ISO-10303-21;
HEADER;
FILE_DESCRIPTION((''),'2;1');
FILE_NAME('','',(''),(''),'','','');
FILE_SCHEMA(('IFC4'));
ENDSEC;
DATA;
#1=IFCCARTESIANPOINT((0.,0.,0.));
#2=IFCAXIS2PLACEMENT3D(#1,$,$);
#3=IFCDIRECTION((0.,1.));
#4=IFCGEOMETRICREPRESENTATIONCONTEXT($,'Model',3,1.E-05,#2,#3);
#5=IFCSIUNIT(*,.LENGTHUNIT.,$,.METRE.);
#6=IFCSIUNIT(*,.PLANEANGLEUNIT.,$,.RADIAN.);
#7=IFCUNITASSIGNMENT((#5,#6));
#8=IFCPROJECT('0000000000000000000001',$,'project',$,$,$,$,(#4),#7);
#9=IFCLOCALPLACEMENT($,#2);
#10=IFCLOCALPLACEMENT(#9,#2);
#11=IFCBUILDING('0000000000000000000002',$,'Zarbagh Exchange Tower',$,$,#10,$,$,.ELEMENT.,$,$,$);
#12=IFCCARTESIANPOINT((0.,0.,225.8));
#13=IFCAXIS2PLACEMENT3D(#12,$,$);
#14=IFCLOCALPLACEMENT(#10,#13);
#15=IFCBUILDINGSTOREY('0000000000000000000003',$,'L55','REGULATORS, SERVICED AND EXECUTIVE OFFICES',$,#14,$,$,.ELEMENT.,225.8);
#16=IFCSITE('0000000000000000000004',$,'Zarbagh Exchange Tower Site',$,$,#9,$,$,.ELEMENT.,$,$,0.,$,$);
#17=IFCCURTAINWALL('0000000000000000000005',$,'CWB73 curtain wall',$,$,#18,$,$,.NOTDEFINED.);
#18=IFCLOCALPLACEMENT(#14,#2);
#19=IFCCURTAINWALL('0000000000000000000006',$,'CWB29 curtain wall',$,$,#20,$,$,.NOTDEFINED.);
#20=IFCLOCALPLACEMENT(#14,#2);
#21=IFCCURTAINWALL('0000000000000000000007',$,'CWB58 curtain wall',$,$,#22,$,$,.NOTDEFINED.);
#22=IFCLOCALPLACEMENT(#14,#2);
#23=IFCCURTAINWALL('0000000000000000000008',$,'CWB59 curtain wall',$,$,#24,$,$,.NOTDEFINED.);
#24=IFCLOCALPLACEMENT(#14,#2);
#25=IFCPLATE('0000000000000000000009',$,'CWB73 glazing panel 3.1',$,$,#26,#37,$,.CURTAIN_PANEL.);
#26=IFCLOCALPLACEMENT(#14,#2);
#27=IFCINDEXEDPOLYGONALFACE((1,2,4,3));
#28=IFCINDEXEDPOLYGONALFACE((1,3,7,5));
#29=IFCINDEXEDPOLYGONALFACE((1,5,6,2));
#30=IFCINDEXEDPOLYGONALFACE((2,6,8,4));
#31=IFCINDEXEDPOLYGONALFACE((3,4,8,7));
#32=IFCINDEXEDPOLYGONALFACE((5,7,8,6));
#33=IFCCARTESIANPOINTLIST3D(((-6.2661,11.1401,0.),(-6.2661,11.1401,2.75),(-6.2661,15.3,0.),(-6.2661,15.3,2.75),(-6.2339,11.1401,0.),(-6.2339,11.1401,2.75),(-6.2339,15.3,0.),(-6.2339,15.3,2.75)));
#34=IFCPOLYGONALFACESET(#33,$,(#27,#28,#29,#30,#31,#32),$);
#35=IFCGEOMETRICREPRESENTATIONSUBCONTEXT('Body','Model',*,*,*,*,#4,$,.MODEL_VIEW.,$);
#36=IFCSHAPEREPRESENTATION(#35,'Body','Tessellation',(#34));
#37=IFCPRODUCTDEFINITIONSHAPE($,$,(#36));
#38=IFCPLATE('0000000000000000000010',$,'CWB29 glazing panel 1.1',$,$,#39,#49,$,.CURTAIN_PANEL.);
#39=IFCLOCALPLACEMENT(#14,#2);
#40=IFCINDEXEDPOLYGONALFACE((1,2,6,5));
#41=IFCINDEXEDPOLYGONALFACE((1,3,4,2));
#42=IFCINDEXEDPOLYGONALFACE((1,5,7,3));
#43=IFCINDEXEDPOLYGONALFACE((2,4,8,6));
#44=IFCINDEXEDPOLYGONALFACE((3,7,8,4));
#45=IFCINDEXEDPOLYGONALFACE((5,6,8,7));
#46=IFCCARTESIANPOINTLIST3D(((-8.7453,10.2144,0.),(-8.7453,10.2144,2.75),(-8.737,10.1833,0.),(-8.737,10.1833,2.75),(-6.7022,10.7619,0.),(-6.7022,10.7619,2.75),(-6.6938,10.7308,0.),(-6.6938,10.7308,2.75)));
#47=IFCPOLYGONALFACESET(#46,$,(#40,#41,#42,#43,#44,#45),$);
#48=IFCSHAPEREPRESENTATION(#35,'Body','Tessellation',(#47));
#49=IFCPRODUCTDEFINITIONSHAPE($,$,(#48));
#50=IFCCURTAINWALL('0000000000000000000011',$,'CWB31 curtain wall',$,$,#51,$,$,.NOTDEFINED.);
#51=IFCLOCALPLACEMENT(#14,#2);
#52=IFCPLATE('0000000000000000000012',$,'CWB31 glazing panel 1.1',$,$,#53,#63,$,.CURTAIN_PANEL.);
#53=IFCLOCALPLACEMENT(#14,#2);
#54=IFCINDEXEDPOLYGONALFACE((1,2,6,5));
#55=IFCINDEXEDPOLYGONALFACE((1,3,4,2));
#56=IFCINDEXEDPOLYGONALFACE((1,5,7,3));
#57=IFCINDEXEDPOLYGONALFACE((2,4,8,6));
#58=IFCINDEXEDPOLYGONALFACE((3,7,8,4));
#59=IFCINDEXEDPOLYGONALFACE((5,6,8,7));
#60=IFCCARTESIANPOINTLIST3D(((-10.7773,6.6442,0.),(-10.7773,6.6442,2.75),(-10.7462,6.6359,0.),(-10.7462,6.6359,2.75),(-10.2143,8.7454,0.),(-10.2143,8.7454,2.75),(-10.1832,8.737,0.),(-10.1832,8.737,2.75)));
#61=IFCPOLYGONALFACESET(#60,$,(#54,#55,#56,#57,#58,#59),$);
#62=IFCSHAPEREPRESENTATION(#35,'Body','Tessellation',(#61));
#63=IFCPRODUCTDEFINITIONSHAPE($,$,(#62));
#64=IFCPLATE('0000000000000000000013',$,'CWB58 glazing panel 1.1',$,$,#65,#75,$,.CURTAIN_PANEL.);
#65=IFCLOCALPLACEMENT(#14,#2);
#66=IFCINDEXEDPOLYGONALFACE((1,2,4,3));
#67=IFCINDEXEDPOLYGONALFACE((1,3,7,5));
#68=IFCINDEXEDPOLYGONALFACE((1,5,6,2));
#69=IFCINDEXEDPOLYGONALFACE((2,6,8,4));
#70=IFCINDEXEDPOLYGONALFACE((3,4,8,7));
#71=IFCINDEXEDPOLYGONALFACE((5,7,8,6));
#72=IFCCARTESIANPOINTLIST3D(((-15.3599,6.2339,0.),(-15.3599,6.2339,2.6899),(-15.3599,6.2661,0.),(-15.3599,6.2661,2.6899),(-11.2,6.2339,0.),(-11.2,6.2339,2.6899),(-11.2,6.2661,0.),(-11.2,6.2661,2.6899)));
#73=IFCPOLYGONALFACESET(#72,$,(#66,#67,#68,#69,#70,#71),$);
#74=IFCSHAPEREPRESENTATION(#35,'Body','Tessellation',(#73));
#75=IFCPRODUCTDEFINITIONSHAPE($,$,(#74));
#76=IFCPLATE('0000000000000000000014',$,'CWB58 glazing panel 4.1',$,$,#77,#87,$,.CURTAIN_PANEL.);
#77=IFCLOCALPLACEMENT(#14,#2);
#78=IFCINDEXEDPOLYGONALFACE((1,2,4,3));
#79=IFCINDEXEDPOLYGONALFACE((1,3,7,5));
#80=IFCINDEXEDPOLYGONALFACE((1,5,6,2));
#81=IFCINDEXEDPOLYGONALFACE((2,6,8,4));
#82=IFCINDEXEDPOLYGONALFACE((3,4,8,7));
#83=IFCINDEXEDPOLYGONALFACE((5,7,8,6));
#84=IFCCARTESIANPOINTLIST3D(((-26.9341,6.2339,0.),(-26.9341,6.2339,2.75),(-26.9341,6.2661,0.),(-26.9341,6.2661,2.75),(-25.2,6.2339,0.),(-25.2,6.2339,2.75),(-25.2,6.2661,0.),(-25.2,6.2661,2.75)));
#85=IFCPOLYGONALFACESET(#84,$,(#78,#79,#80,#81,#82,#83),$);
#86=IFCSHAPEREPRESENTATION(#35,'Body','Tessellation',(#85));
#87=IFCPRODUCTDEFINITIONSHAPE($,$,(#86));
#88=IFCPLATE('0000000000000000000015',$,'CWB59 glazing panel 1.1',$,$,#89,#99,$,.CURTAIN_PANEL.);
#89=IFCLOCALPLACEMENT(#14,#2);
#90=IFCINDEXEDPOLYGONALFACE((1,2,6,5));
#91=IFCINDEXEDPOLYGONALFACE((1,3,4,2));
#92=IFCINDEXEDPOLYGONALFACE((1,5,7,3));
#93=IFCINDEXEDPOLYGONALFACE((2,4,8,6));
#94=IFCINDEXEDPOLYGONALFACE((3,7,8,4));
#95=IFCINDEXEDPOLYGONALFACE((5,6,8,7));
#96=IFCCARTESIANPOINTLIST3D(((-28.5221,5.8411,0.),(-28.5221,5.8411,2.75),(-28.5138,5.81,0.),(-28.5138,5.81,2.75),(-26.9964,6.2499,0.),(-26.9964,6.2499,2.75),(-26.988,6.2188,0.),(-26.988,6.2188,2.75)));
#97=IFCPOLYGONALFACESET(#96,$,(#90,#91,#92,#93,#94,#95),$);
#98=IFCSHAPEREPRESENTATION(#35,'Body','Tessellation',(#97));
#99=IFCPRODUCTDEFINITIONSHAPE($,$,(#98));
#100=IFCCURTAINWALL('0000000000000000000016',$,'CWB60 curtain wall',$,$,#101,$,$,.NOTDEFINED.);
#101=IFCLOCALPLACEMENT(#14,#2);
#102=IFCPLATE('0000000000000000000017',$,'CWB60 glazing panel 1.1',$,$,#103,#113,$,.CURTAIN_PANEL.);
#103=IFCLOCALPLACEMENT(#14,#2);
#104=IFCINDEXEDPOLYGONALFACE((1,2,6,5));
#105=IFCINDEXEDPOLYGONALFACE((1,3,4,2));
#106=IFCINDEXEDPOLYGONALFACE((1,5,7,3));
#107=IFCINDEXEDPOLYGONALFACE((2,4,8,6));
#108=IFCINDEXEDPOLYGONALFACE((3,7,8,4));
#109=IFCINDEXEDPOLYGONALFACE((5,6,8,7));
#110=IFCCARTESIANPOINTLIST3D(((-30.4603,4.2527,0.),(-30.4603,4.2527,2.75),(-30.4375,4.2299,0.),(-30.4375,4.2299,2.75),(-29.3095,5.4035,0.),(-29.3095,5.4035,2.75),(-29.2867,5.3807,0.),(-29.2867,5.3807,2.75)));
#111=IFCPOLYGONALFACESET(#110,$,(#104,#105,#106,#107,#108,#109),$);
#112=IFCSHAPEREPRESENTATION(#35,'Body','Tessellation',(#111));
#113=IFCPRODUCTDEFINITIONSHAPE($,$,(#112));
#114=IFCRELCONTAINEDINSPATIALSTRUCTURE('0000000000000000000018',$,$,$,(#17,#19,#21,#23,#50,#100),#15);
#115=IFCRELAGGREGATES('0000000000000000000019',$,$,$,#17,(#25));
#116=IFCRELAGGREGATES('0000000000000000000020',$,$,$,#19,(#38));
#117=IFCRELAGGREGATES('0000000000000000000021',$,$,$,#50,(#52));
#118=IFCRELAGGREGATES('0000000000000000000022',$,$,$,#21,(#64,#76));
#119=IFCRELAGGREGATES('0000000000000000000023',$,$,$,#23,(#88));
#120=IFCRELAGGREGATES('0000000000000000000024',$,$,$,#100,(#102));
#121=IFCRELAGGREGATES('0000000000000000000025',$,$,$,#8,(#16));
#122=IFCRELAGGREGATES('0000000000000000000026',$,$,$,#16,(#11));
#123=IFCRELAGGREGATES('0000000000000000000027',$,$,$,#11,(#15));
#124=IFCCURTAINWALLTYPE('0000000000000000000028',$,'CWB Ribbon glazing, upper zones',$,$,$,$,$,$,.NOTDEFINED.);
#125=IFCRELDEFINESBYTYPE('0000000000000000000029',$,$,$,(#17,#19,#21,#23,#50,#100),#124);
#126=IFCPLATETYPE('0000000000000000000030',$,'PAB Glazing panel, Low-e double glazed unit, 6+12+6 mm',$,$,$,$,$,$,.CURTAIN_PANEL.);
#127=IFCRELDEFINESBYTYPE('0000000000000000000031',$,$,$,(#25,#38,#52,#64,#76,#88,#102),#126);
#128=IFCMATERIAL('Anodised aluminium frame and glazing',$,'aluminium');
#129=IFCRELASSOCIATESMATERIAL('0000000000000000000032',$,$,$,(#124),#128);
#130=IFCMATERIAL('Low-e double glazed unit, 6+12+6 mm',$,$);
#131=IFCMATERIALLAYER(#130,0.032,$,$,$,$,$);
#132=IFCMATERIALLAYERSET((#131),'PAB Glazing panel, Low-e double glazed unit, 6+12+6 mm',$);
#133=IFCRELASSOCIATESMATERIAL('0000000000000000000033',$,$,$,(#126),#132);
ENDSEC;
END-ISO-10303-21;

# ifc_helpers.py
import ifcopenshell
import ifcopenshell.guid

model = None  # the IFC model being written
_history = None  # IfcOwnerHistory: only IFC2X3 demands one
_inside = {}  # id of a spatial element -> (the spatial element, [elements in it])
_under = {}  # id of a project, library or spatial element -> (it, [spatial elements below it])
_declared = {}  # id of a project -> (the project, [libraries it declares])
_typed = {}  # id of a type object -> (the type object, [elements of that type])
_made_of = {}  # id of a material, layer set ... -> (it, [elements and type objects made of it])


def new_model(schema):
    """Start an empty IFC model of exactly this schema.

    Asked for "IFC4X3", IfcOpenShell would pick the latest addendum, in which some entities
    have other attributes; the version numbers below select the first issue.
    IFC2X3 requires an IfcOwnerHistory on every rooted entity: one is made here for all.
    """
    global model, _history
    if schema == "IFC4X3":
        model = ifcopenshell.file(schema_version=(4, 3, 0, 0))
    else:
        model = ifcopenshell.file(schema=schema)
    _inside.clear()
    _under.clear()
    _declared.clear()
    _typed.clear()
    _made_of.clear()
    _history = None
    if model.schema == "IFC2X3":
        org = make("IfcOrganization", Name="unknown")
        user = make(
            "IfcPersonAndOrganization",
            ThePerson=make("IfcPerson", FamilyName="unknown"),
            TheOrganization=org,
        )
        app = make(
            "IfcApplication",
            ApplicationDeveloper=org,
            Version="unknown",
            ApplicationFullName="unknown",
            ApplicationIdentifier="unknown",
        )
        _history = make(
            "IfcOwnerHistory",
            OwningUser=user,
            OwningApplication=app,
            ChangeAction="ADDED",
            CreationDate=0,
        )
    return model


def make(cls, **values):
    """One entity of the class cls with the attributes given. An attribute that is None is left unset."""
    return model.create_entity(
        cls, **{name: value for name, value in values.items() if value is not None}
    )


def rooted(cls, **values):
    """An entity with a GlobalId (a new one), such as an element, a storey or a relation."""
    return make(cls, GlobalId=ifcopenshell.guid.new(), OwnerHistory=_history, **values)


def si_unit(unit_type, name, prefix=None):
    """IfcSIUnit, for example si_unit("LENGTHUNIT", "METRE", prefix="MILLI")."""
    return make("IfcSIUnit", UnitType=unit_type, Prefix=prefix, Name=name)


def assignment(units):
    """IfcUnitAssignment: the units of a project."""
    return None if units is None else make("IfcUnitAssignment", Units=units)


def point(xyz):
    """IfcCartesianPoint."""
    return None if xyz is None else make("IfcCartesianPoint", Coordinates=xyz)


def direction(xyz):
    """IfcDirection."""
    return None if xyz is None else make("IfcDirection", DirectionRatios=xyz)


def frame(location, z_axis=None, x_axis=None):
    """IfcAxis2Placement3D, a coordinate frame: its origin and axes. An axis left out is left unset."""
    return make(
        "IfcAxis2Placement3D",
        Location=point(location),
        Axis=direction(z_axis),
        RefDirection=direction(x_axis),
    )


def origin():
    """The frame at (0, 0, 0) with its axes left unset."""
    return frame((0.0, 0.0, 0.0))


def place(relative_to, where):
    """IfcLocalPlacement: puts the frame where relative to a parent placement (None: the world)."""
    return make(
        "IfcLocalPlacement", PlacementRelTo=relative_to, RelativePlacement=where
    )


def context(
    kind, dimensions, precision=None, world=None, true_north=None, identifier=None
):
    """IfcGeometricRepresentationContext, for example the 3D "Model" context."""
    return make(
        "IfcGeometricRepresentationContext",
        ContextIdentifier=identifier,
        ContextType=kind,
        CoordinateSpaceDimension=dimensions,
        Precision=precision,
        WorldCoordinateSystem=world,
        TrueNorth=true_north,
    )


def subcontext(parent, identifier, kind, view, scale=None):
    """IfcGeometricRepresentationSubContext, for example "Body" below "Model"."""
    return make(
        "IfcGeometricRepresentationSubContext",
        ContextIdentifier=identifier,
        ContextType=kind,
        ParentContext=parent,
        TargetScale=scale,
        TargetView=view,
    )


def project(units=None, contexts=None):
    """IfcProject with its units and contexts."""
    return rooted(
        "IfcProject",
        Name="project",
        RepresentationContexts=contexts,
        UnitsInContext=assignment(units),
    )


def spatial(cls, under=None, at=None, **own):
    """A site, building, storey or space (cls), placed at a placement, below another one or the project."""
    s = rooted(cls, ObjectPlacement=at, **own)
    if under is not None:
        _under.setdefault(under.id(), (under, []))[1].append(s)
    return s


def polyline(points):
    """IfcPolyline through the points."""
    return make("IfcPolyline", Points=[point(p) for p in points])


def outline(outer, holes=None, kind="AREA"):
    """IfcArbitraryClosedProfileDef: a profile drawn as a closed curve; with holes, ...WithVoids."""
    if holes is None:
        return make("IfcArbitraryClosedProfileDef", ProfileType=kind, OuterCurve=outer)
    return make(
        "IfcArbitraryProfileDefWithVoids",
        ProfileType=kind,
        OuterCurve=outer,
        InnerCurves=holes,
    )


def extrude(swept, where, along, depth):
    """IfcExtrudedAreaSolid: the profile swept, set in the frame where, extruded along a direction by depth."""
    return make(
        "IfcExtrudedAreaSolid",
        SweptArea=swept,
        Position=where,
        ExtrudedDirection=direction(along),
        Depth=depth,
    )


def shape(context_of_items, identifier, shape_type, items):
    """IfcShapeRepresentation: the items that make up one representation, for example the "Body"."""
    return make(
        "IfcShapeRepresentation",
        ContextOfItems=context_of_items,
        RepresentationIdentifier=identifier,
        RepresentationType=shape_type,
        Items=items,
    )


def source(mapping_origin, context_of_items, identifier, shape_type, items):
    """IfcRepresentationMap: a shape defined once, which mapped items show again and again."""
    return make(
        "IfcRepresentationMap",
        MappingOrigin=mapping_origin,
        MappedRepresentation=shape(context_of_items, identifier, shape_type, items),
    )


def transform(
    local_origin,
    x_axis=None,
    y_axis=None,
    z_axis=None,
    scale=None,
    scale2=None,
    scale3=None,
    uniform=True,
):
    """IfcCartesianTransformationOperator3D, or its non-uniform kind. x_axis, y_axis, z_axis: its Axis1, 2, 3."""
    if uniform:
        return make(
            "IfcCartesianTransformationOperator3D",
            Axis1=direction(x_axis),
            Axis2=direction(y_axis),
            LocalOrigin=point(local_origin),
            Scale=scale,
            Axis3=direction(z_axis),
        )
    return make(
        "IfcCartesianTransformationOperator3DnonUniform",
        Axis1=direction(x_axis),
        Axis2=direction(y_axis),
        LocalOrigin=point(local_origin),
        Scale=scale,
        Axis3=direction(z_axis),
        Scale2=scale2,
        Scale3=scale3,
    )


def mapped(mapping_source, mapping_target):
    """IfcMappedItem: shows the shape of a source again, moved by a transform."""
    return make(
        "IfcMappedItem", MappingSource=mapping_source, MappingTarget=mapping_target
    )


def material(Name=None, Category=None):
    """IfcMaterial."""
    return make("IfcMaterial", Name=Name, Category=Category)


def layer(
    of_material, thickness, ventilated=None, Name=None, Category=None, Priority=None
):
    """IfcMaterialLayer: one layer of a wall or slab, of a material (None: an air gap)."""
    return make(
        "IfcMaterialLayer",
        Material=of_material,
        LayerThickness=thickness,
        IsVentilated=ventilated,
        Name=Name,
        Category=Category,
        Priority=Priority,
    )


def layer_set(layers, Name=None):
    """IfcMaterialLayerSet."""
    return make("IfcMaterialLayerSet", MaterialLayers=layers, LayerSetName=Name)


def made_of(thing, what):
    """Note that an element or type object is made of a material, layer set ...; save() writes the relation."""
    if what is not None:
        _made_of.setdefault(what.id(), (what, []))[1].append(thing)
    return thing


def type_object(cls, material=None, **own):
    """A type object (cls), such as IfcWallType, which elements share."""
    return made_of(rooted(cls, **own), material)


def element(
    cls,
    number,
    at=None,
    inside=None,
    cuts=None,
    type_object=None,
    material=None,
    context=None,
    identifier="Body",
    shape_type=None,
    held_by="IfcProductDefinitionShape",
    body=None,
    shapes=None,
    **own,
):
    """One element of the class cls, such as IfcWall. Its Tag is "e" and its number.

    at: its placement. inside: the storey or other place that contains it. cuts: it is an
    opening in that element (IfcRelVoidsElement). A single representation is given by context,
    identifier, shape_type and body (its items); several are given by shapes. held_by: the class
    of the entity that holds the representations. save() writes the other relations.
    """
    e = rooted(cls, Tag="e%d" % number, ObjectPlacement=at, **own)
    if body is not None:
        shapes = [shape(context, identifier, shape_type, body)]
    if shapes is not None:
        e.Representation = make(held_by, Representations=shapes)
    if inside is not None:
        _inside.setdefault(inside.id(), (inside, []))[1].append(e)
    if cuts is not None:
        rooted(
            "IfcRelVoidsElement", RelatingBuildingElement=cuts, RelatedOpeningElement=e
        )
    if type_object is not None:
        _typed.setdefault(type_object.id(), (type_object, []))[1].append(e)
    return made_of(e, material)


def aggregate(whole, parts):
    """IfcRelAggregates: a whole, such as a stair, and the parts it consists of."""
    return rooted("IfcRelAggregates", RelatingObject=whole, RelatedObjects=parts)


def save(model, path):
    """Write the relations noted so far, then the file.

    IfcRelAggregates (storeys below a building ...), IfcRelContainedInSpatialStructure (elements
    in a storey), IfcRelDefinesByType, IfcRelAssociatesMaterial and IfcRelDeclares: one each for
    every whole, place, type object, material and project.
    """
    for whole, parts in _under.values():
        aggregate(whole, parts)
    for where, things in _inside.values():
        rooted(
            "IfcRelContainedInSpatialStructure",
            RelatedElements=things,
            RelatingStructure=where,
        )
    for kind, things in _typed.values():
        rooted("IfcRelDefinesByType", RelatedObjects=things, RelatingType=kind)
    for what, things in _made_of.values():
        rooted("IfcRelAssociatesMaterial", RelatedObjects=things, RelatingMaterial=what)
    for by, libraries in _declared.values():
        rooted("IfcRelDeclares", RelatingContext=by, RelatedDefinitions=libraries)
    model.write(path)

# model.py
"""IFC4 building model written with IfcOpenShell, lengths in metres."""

from ifc_helpers import new_model, si_unit, direction, frame, origin, place, context, subcontext, project, spatial, polyline, outline, extrude, source, transform, mapped, material, layer, layer_set, type_object, element, aggregate, save


model = new_model("IFC4")

# Units and contexts
model_context = context("Model", 3, precision=1e-05, world=origin(), true_north=direction((0.0, 1.0)))
body_context = subcontext(model_context, "Body", "Model", "MODEL_VIEW")
ifc_project = project(units=[si_unit("LENGTHUNIT", "METRE"), si_unit("PLANEANGLEUNIT", "RADIAN")], contexts=[model_context])

# Site, building, storey
site_placement = place(None, origin())
site = spatial("IfcSite", under=ifc_project, at=site_placement, Name="Zarbagh Exchange Tower Site", CompositionType="ELEMENT", RefElevation=0.0)
building_placement = place(site_placement, origin())
building = spatial("IfcBuilding", under=site, at=building_placement, Name="Zarbagh Exchange Tower", CompositionType="ELEMENT")
storey_placement = place(building_placement, frame((0.0, 0.0, 225.8)))
storey = spatial("IfcBuildingStorey", under=building, at=storey_placement, Name="L55", Description="REGULATORS, SERVICED AND EXECUTIVE OFFICES", CompositionType="ELEMENT", Elevation=225.8)

# Curtain wall
ifc_material_1 = material(Name="Anodised aluminium frame and glazing", Category="aluminium")
curtain_wall_type = type_object("IfcCurtainWallType", Name="CWB Ribbon glazing, upper zones", PredefinedType="NOTDEFINED", material=ifc_material_1)
curtain_wall_1_placement = place(storey_placement, origin())
curtain_wall_1 = element("IfcCurtainWall", 1, at=curtain_wall_1_placement, inside=storey, type_object=curtain_wall_type, Name="CWB73 curtain wall", PredefinedType="NOTDEFINED")
placement = place(storey_placement, origin())

# Curtain wall
curtain_wall_2_placement = place(storey_placement, origin())
curtain_wall_2 = element("IfcCurtainWall", 2, at=curtain_wall_2_placement, inside=storey, type_object=curtain_wall_type, Name="CWB29 curtain wall", PredefinedType="NOTDEFINED")

# Curtain wall
curtain_wall_3_placement = place(storey_placement, origin())
curtain_wall_3 = element("IfcCurtainWall", 3, at=curtain_wall_3_placement, inside=storey, type_object=curtain_wall_type, Name="CWB58 curtain wall", PredefinedType="NOTDEFINED")

# Curtain wall
curtain_wall_4_placement = place(storey_placement, origin())
curtain_wall_4 = element("IfcCurtainWall", 4, at=curtain_wall_4_placement, inside=storey, type_object=curtain_wall_type, Name="CWB59 curtain wall", PredefinedType="NOTDEFINED")

# Shared definitions
ifc_material_2 = material(Name="Low-e double glazed unit, 6+12+6 mm")
ifc_layer = layer(ifc_material_2, 0.032)
ifc_layer_set = layer_set([ifc_layer], Name="PAB Glazing panel, Low-e double glazed unit, 6+12+6 mm")
plate_type = type_object("IfcPlateType", Name="PAB Glazing panel, Low-e double glazed unit, 6+12+6 mm", PredefinedType="CURTAIN_PANEL", material=ifc_layer_set)

# Plates
shared_shape_1 = source(origin(), body_context, "Body", "SweptSolid", [
    extrude(outline(polyline([(0.0, -0.0161), (4.1599, -0.0161), (4.1599, 0.0161), (0.0, 0.0161), (0.0, -0.0161)])), origin(), (0.0, 0.0, 1.0), 2.75),
])
plate_1 = element("IfcPlate", 5, at=placement, type_object=plate_type, Name="CWB73 glazing panel 3.1", PredefinedType="CURTAIN_PANEL", context=body_context, shape_type="MappedRepresentation", body=[
    mapped(shared_shape_1, transform((-6.25, 15.3, 0.0), x_axis=(0.0, -1.0, 0.0), y_axis=(1.0, 0.0, 0.0), z_axis=(0.0, 0.0, 1.0))),
])
aggregate(curtain_wall_1, [plate_1])
shared_shape_2 = source(origin(), body_context, "Body", "SweptSolid", [
    extrude(outline(polyline([(0.0, -0.0161), (2.1152, -0.0161), (2.1152, 0.0161), (0.0, 0.0161), (0.0, -0.0161)])), origin(), (0.0, 0.0, 1.0), 2.75),
])
plate_2 = element("IfcPlate", 6, at=placement, type_object=plate_type, Name="CWB29 glazing panel 1.1", PredefinedType="CURTAIN_PANEL", context=body_context, shape_type="MappedRepresentation", body=[
    mapped(shared_shape_2, transform((-6.698, 10.7463, 0.0), x_axis=(-0.965924, -0.258825, 0.0), y_axis=(0.258825, -0.965924, 0.0), z_axis=(0.0, 0.0, 1.0))),
])
aggregate(curtain_wall_2, [plate_2])

# Curtain wall, plate
curtain_wall_5_placement = place(storey_placement, origin())
curtain_wall_5 = element("IfcCurtainWall", 7, at=curtain_wall_5_placement, inside=storey, type_object=curtain_wall_type, Name="CWB31 curtain wall", PredefinedType="NOTDEFINED")
shared_shape_3 = source(origin(), body_context, "Body", "SweptSolid", [
    extrude(outline(polyline([(0.0, -0.0161), (2.1753, -0.0161), (2.1753, 0.0161), (0.0, 0.0161), (0.0, -0.0161)])), origin(), (0.0, 0.0, 1.0), 2.75),
])
plate_3 = element("IfcPlate", 8, at=placement, type_object=plate_type, Name="CWB31 glazing panel 1.1", PredefinedType="CURTAIN_PANEL", context=body_context, shape_type="MappedRepresentation", body=[
    mapped(shared_shape_3, transform((-10.1987, 8.7412, 0.0), x_axis=(-0.258825, -0.965924, 0.0), y_axis=(0.965924, -0.258825, 0.0), z_axis=(0.0, 0.0, 1.0))),
])
aggregate(curtain_wall_5, [plate_3])

# Plates
shared_shape_4 = source(origin(), body_context, "Body", "SweptSolid", [
    extrude(outline(polyline([(0.0, -0.0161), (4.1599, -0.0161), (4.1599, 0.0161), (0.0, 0.0161), (0.0, -0.0161)])), origin(), (0.0, 0.0, 1.0), 2.6899),
])
plate_4 = element("IfcPlate", 9, at=placement, type_object=plate_type, Name="CWB58 glazing panel 1.1", PredefinedType="CURTAIN_PANEL", context=body_context, shape_type="MappedRepresentation", body=[
    mapped(shared_shape_4, transform((-11.2, 6.25, 0.0), x_axis=(-1.0, 0.0, 0.0), y_axis=(0.0, -1.0, 0.0), z_axis=(0.0, 0.0, 1.0))),
])
shared_shape_5 = source(origin(), body_context, "Body", "SweptSolid", [
    extrude(outline(polyline([(0.0, -0.0161), (1.7341, -0.0161), (1.7341, 0.0161), (0.0, 0.0161), (0.0, -0.0161)])), origin(), (0.0, 0.0, 1.0), 2.75),
])
plate_5 = element("IfcPlate", 10, at=placement, type_object=plate_type, Name="CWB58 glazing panel 4.1", PredefinedType="CURTAIN_PANEL", context=body_context, shape_type="MappedRepresentation", body=[
    mapped(shared_shape_5, transform((-25.2, 6.25, 0.0), x_axis=(-1.0, 0.0, 0.0), y_axis=(0.0, -1.0, 0.0), z_axis=(0.0, 0.0, 1.0))),
])
aggregate(curtain_wall_3, [plate_4, plate_5])
shared_shape_6 = source(origin(), body_context, "Body", "SweptSolid", [
    extrude(outline(polyline([(0.0, -0.0161), (1.5796, -0.0161), (1.5796, 0.0161), (0.0, 0.0161), (0.0, -0.0161)])), origin(), (0.0, 0.0, 1.0), 2.75),
])
plate_6 = element("IfcPlate", 11, at=placement, type_object=plate_type, Name="CWB59 glazing panel 1.1", PredefinedType="CURTAIN_PANEL", context=body_context, shape_type="MappedRepresentation", body=[
    mapped(shared_shape_6, transform((-26.9922, 6.2344, 0.0), x_axis=(-0.965924, -0.258825, 0.0), y_axis=(0.258825, -0.965924, 0.0), z_axis=(0.0, 0.0, 1.0))),
])
aggregate(curtain_wall_4, [plate_6])

# Curtain wall, plate
curtain_wall_6_placement = place(storey_placement, origin())
curtain_wall_6 = element("IfcCurtainWall", 12, at=curtain_wall_6_placement, inside=storey, type_object=curtain_wall_type, Name="CWB60 curtain wall", PredefinedType="NOTDEFINED")
shared_shape_7 = source(origin(), body_context, "Body", "SweptSolid", [
    extrude(outline(polyline([(0.0, -0.0161), (1.6274, -0.0161), (1.6274, 0.0161), (0.0, 0.0161), (0.0, -0.0161)])), origin(), (0.0, 0.0, 1.0), 2.75),
])
plate_7 = element("IfcPlate", 13, at=placement, type_object=plate_type, Name="CWB60 glazing panel 1.1", PredefinedType="CURTAIN_PANEL", context=body_context, shape_type="MappedRepresentation", body=[
    mapped(shared_shape_7, transform((-29.2981, 5.3921, 0.0), x_axis=(-0.707107, -0.707107, 0.0), y_axis=(0.707107, -0.707107, 0.0), z_axis=(0.0, 0.0, 1.0))),
])
aggregate(curtain_wall_6, [plate_7])

save(model, "model.ifc")
